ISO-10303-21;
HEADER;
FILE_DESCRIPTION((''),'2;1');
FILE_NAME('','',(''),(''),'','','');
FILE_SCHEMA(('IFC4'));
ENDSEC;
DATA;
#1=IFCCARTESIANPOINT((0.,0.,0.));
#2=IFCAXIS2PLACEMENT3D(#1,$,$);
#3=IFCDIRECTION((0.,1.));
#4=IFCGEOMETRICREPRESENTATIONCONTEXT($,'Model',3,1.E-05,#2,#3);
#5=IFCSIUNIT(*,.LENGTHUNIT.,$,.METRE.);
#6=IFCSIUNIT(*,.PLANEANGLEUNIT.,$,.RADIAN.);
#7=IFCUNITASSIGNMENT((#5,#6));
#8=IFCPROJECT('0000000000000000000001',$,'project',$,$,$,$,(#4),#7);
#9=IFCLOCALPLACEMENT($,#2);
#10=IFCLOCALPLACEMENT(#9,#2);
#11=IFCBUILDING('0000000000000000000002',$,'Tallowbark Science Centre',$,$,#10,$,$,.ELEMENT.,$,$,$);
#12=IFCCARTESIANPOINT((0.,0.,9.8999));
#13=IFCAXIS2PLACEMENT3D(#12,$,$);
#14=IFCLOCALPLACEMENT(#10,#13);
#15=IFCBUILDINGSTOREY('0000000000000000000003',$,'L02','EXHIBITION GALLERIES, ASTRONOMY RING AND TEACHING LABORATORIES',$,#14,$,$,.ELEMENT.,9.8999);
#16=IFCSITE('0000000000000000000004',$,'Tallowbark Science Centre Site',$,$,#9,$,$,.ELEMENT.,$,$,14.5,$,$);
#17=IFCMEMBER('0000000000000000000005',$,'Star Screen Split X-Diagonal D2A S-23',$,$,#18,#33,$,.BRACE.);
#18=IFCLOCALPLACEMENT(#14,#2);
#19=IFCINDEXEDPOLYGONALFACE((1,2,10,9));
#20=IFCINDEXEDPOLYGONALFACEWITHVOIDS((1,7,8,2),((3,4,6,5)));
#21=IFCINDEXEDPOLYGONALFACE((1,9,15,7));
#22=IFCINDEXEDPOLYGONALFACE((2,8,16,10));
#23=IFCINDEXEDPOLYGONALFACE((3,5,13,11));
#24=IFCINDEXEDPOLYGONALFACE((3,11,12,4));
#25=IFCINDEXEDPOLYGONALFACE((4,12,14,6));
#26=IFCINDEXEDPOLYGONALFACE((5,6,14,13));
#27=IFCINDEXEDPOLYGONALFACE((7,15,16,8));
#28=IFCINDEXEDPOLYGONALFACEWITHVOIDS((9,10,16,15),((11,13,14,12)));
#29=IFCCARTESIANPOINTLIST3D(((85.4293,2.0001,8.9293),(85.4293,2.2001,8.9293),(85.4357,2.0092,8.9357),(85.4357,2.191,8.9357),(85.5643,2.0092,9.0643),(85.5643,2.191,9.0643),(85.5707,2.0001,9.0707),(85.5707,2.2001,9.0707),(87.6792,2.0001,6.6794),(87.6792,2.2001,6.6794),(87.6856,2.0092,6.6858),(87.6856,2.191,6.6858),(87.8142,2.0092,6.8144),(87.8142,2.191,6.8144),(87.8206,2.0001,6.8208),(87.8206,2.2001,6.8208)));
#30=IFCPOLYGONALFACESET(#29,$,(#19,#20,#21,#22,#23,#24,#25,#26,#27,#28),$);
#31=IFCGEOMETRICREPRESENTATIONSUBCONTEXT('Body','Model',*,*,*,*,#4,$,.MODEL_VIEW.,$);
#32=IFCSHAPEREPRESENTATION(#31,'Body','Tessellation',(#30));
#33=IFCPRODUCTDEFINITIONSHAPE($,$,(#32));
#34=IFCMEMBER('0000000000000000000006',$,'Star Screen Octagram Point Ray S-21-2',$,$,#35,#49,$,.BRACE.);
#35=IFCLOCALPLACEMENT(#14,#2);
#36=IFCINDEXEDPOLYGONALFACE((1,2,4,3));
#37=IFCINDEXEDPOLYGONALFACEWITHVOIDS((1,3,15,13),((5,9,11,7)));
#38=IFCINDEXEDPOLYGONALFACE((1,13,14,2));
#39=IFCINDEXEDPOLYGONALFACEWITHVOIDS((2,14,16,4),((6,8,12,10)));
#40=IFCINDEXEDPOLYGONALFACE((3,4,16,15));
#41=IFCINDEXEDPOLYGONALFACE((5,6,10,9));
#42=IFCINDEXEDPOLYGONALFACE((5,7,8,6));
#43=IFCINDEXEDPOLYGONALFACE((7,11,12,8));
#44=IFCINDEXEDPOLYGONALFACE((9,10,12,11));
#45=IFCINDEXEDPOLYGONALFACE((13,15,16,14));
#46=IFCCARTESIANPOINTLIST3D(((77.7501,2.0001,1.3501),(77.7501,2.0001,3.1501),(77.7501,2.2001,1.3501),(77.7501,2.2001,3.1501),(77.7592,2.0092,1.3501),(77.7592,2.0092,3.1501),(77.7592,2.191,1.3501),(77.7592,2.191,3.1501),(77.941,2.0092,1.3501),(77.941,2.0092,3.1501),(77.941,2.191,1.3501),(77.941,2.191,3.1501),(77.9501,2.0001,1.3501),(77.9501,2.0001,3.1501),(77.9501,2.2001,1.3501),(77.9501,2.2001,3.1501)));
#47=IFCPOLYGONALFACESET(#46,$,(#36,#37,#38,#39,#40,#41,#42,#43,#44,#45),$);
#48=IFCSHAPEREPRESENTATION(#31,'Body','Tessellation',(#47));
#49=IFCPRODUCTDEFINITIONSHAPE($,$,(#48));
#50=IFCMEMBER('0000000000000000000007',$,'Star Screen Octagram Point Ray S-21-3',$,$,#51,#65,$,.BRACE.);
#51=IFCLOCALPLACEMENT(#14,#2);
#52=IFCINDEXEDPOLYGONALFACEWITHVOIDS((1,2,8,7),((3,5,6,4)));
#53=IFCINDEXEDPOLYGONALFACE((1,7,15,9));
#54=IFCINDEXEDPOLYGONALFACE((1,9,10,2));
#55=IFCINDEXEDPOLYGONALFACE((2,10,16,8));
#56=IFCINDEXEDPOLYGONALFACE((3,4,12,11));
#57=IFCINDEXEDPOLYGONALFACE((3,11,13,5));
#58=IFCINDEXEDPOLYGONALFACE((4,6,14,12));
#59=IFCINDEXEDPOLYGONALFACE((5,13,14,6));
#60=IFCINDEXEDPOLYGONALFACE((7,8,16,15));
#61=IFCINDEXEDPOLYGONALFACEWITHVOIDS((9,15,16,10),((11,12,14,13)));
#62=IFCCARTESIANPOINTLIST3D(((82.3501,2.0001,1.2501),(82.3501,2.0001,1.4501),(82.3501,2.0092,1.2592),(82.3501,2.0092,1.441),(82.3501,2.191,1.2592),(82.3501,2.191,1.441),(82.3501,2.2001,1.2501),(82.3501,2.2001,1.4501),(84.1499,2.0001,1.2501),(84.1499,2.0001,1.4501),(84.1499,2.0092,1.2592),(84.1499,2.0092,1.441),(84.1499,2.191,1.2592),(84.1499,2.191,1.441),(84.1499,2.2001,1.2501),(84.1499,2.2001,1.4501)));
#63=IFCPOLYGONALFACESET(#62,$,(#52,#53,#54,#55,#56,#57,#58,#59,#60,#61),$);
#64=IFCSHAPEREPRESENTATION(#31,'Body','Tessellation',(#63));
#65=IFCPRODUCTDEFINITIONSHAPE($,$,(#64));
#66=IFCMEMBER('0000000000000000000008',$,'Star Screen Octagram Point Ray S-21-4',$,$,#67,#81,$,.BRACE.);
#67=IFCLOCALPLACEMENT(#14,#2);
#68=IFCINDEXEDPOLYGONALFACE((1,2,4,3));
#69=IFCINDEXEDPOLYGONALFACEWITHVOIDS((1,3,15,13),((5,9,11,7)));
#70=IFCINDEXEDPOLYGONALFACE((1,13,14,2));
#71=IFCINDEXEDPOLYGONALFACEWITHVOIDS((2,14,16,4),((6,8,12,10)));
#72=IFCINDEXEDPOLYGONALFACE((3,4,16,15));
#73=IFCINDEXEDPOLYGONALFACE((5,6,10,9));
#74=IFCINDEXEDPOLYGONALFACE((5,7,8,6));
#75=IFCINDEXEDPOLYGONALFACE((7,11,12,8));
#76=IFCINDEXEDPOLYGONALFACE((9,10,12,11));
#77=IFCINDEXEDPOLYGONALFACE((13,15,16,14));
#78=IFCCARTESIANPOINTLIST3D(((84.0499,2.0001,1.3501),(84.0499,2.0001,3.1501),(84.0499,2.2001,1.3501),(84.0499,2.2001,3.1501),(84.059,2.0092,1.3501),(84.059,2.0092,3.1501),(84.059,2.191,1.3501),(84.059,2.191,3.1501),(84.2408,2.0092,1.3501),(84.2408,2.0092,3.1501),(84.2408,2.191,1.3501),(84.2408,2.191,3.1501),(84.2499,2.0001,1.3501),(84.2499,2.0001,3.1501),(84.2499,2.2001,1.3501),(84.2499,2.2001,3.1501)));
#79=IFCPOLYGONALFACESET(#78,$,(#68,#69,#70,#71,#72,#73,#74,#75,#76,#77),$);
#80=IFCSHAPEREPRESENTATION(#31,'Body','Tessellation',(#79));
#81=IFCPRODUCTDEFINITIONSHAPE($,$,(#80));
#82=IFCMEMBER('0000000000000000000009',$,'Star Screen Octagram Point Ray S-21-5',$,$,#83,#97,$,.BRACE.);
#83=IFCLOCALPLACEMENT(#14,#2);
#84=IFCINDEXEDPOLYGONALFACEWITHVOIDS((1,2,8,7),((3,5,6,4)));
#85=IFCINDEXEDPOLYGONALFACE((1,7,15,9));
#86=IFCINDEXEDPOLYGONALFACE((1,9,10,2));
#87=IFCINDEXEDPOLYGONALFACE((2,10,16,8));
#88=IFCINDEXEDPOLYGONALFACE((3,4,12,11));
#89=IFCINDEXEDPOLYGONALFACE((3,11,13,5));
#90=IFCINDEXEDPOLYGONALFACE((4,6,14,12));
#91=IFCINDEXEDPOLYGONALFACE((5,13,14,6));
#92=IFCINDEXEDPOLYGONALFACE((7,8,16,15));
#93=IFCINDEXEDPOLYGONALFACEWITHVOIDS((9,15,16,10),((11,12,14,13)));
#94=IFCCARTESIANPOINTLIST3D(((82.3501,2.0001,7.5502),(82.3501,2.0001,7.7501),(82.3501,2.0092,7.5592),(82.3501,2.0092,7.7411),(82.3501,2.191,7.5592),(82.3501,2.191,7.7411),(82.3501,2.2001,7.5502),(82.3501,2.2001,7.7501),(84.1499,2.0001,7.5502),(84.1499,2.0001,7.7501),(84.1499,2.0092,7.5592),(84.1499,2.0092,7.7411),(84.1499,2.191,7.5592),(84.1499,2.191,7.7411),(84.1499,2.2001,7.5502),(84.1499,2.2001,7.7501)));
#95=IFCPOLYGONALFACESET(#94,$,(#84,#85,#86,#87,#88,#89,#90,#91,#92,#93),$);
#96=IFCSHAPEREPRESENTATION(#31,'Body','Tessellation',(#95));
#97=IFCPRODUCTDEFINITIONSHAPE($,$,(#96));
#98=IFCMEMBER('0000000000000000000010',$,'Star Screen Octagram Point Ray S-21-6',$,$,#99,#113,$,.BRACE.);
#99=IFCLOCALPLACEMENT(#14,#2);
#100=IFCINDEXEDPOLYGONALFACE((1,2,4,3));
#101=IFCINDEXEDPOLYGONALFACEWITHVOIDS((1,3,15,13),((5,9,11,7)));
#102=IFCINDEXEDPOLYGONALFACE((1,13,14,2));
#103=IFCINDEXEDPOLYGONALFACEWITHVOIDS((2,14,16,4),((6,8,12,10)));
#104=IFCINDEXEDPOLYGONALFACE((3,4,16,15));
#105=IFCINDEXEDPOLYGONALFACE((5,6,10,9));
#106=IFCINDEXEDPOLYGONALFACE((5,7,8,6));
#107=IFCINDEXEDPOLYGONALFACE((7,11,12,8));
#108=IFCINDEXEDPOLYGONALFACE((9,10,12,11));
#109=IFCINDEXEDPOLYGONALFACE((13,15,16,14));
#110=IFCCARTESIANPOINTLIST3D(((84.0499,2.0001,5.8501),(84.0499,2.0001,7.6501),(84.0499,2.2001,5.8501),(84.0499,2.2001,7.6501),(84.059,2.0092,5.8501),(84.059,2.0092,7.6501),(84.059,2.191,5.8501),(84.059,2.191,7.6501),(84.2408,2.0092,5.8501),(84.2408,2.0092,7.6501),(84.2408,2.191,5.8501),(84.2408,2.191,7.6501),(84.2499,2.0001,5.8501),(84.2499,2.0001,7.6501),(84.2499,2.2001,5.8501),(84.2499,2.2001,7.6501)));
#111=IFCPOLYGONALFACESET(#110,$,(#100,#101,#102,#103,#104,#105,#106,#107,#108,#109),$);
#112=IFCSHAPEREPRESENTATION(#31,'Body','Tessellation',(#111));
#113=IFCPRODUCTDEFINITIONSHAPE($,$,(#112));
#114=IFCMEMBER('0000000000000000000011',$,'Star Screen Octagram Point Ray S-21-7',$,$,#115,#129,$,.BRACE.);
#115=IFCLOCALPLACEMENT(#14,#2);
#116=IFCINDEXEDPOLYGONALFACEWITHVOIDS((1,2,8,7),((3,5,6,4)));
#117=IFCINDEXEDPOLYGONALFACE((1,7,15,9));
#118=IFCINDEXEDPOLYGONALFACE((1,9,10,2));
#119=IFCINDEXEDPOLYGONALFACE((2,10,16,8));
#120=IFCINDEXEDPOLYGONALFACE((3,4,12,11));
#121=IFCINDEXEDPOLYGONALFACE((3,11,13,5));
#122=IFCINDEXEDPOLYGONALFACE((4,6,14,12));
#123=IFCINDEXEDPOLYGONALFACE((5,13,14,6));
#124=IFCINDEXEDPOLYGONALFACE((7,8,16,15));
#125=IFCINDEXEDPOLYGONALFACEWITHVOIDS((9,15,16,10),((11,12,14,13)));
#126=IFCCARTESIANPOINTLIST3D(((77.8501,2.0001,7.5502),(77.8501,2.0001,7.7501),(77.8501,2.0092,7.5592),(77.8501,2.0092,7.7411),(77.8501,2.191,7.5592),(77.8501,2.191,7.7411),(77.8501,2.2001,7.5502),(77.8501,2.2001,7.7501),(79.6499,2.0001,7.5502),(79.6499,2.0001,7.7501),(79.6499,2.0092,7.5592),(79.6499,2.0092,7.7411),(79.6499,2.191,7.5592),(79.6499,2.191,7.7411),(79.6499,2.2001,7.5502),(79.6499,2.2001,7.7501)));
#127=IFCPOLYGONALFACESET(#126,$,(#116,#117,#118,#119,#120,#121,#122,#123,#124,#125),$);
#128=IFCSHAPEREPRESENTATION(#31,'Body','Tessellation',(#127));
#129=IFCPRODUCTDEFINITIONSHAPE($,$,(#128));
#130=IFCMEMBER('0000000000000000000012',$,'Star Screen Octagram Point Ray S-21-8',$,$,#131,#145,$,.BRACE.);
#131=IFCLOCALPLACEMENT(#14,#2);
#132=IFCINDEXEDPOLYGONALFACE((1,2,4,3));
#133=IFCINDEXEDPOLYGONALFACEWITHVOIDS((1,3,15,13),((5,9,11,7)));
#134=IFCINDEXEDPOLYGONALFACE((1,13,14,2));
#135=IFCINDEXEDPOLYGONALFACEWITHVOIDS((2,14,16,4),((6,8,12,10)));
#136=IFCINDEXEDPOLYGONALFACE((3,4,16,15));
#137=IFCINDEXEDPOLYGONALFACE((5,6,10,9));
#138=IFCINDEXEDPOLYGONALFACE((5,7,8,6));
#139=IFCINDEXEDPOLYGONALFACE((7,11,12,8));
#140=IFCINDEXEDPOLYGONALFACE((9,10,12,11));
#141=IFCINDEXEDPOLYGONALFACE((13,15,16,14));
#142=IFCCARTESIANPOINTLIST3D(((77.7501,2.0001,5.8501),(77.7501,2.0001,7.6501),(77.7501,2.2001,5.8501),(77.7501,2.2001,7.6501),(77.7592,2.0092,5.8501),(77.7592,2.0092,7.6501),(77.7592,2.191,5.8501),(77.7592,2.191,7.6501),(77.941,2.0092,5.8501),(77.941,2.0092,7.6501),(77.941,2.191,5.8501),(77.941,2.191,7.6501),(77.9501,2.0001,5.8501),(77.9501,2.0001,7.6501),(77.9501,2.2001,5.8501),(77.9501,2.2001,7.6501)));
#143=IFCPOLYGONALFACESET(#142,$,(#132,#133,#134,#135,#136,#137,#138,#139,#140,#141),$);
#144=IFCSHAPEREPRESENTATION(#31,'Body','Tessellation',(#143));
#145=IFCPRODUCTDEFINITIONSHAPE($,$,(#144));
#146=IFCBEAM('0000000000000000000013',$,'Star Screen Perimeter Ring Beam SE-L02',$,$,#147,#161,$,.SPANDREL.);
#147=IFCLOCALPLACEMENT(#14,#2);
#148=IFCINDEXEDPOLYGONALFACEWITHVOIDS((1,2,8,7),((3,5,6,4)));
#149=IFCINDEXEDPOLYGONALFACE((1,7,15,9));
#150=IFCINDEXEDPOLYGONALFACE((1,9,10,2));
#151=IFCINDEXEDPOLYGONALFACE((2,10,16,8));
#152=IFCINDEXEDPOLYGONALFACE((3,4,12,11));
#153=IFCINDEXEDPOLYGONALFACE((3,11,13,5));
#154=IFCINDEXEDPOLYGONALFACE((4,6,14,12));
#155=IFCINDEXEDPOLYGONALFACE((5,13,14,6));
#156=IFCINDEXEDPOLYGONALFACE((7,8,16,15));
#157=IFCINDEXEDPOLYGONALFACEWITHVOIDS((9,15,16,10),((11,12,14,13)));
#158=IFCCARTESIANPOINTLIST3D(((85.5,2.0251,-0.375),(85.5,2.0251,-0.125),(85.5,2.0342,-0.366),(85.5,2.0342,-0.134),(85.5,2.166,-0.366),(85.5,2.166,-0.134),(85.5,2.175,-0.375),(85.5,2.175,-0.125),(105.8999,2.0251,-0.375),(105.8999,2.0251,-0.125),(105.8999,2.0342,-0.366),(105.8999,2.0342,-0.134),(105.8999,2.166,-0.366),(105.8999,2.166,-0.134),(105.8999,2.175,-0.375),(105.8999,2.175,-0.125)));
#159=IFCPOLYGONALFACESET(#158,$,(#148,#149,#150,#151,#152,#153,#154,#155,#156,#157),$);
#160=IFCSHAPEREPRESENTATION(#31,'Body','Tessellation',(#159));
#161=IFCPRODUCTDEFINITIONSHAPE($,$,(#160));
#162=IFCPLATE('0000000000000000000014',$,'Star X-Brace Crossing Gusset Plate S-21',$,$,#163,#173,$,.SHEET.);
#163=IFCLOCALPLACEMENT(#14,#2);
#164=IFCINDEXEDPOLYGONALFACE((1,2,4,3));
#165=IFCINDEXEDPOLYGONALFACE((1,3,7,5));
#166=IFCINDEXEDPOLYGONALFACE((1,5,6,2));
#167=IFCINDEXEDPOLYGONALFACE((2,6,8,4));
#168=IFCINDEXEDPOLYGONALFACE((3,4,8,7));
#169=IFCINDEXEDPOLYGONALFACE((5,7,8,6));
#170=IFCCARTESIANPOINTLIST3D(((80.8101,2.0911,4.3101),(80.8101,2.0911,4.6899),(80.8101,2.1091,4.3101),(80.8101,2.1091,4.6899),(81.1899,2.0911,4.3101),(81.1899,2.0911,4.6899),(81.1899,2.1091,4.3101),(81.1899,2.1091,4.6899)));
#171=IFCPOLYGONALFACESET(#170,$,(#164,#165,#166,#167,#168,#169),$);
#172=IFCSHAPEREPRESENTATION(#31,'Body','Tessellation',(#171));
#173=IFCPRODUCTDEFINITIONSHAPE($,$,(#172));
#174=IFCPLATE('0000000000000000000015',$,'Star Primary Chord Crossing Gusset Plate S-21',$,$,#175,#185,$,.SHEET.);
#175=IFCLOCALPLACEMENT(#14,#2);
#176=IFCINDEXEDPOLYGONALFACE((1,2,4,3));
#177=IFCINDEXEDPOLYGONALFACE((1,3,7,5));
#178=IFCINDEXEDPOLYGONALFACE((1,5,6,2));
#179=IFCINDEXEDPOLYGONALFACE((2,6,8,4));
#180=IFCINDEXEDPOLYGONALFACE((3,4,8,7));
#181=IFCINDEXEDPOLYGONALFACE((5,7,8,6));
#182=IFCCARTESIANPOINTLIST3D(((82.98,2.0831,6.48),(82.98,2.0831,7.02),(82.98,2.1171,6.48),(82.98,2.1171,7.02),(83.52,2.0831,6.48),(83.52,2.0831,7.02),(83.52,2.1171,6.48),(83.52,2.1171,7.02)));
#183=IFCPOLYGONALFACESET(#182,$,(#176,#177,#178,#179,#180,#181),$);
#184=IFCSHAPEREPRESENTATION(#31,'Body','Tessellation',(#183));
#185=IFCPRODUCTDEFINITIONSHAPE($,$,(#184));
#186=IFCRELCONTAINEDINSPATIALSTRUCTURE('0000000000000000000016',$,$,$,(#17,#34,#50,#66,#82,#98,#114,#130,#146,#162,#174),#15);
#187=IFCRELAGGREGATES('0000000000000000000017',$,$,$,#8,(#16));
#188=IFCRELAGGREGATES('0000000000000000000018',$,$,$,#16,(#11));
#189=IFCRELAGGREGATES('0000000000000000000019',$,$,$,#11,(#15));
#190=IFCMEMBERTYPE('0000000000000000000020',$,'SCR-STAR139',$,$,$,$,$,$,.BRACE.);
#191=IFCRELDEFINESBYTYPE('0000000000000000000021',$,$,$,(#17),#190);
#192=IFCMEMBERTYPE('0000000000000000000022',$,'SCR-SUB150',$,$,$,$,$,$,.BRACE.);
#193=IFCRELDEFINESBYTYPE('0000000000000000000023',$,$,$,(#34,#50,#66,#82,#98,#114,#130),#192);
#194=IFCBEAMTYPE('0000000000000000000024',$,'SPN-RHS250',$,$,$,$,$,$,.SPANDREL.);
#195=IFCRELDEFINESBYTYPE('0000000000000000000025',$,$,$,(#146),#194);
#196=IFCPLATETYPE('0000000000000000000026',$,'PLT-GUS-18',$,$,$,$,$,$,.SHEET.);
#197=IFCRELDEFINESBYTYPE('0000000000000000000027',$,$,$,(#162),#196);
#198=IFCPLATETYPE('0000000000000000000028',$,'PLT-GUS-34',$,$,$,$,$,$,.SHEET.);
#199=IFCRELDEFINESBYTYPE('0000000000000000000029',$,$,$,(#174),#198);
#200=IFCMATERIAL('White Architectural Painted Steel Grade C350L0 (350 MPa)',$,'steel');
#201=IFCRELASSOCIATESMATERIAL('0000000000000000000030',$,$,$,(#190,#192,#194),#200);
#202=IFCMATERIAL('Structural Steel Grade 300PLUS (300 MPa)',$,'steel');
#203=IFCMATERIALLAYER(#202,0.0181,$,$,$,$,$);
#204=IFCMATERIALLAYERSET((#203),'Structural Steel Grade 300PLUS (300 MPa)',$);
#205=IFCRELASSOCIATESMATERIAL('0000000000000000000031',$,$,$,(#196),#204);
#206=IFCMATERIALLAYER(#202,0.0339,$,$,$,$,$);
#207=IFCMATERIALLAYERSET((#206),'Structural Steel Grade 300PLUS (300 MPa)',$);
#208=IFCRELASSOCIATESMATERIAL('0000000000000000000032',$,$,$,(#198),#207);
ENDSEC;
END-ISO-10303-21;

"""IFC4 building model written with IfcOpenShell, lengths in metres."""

from ifc_helpers import new_model, si_unit, direction, frame, origin, origin_2d, place, context, subcontext, project, spatial, rectangle, hollow_rectangle, extrude, material, layer, layer_set, material_profile, profile_set, type_object, element, save


model = new_model("IFC4")

# Units and contexts
model_context = context("Model", 3, precision=1e-05, world=origin(), true_north=direction((0.0, 1.0)))
body_context = subcontext(model_context, "Body", "Model", "MODEL_VIEW")
ifc_project = project(units=[si_unit("LENGTHUNIT", "METRE"), si_unit("PLANEANGLEUNIT", "RADIAN")], contexts=[model_context])

# Site, building, storey
site_placement = place(None, origin())
site = spatial("IfcSite", under=ifc_project, at=site_placement, Name="Tallowbark Science Centre Site", CompositionType="ELEMENT", RefElevation=14.5)
building_placement = place(site_placement, origin())
building = spatial("IfcBuilding", under=site, at=building_placement, Name="Tallowbark Science Centre", CompositionType="ELEMENT")
storey_placement = place(building_placement, frame((0.0, 0.0, 9.8999)))
storey = spatial("IfcBuildingStorey", under=building, at=storey_placement, Name="L02", Description="EXHIBITION GALLERIES, ASTRONOMY RING AND TEACHING LABORATORIES", CompositionType="ELEMENT", Elevation=9.8999)

# Shared definitions
ifc_material_1 = material(Name="White Architectural Painted Steel Grade C350L0 (350 MPa)", Category="steel")

# Members
ifc_material_profile_1 = material_profile(ifc_material_1, hollow_rectangle(XDim=0.2, YDim=0.2, WallThickness=0.009, at=origin_2d()), Name="200x200x9.0SHS")
ifc_profile_set_1 = profile_set([ifc_material_profile_1], Name="White Architectural Painted Steel Grade C350L0 (350 MPa)")
member_type_1 = type_object("IfcMemberType", Name="SCR-STAR139", PredefinedType="BRACE", material=ifc_profile_set_1)
for number, where, z_axis, x_axis, name in (
    (1, (85.5, 2.1001, 9.0), (0.707107, 0.0, -0.707107), (0.0, 1.0, 0.0), "Star Screen Split X-Diagonal D2A S-23"),
):
    element("IfcMember", number, at=place(storey_placement, frame(where, z_axis=z_axis, x_axis=x_axis)), inside=storey, type_object=member_type_1, Name=name, PredefinedType="BRACE", context=body_context, shape_type="SweptSolid", body=[
        extrude(hollow_rectangle(XDim=0.2, YDim=0.2, WallThickness=0.009, at=origin_2d()), origin(), (0.0, 0.0, 1.0), 3.1819),
    ])
ifc_material_profile_2 = material_profile(ifc_material_1, hollow_rectangle(XDim=0.2, YDim=0.2, WallThickness=0.009, at=origin_2d()), Name="200x200x9.0SHS")
ifc_profile_set_2 = profile_set([ifc_material_profile_2], Name="White Architectural Painted Steel Grade C350L0 (350 MPa)")
member_type_2 = type_object("IfcMemberType", Name="SCR-SUB150", PredefinedType="BRACE", material=ifc_profile_set_2)
member_1_placement = place(storey_placement, frame((77.8501, 2.1001, 1.3501), z_axis=(0.0, 0.0, 1.0), x_axis=(1.0, 0.0, 0.0)))
element("IfcMember", 2, at=member_1_placement, inside=storey, type_object=member_type_2, Name="Star Screen Octagram Point Ray S-21-2", PredefinedType="BRACE", context=body_context, shape_type="SweptSolid", body=[
    extrude(hollow_rectangle(XDim=0.2, YDim=0.2, WallThickness=0.009, at=origin_2d()), origin(), (0.0, 0.0, 1.0), 1.8),
])
member_2_placement = place(storey_placement, frame((84.1499, 2.1001, 1.3501), z_axis=(-1.0, 0.0, 0.0), x_axis=(0.0, -1.0, 0.0)))
element("IfcMember", 3, at=member_2_placement, inside=storey, type_object=member_type_2, Name="Star Screen Octagram Point Ray S-21-3", PredefinedType="BRACE", context=body_context, shape_type="SweptSolid", body=[
    extrude(hollow_rectangle(XDim=0.2, YDim=0.2, WallThickness=0.009, at=origin_2d()), origin(), (0.0, 0.0, 1.0), 1.7998),
])
member_3_placement = place(storey_placement, frame((84.1499, 2.1001, 1.3501), z_axis=(0.0, 0.0, 1.0), x_axis=(1.0, 0.0, 0.0)))
element("IfcMember", 4, at=member_3_placement, inside=storey, type_object=member_type_2, Name="Star Screen Octagram Point Ray S-21-4", PredefinedType="BRACE", context=body_context, shape_type="SweptSolid", body=[
    extrude(hollow_rectangle(XDim=0.2, YDim=0.2, WallThickness=0.009, at=origin_2d()), origin(), (0.0, 0.0, 1.0), 1.8),
])
member_4_placement = place(storey_placement, frame((84.1499, 2.1001, 7.6501), z_axis=(-1.0, 0.0, 0.0), x_axis=(0.0, -1.0, 0.0)))
element("IfcMember", 5, at=member_4_placement, inside=storey, type_object=member_type_2, Name="Star Screen Octagram Point Ray S-21-5", PredefinedType="BRACE", context=body_context, shape_type="SweptSolid", body=[
    extrude(hollow_rectangle(XDim=0.2, YDim=0.2, WallThickness=0.009, at=origin_2d()), origin(), (0.0, 0.0, 1.0), 1.7998),
])
member_5_placement = place(storey_placement, frame((84.1499, 2.1001, 7.6501), z_axis=(0.0, 0.0, -1.0), x_axis=(1.0, 0.0, 0.0)))
element("IfcMember", 6, at=member_5_placement, inside=storey, type_object=member_type_2, Name="Star Screen Octagram Point Ray S-21-6", PredefinedType="BRACE", context=body_context, shape_type="SweptSolid", body=[
    extrude(hollow_rectangle(XDim=0.2, YDim=0.2, WallThickness=0.009, at=origin_2d()), origin(), (0.0, 0.0, 1.0), 1.8),
])
member_6_placement = place(storey_placement, frame((77.8501, 2.1001, 7.6501), z_axis=(1.0, 0.0, 0.0), x_axis=(0.0, 1.0, 0.0)))
element("IfcMember", 7, at=member_6_placement, inside=storey, type_object=member_type_2, Name="Star Screen Octagram Point Ray S-21-7", PredefinedType="BRACE", context=body_context, shape_type="SweptSolid", body=[
    extrude(hollow_rectangle(XDim=0.2, YDim=0.2, WallThickness=0.009, at=origin_2d()), origin(), (0.0, 0.0, 1.0), 1.7998),
])
member_7_placement = place(storey_placement, frame((77.8501, 2.1001, 7.6501), z_axis=(0.0, 0.0, -1.0), x_axis=(1.0, 0.0, 0.0)))
element("IfcMember", 8, at=member_7_placement, inside=storey, type_object=member_type_2, Name="Star Screen Octagram Point Ray S-21-8", PredefinedType="BRACE", context=body_context, shape_type="SweptSolid", body=[
    extrude(hollow_rectangle(XDim=0.2, YDim=0.2, WallThickness=0.009, at=origin_2d()), origin(), (0.0, 0.0, 1.0), 1.8),
])

# Beam
ifc_material_profile_3 = material_profile(ifc_material_1, hollow_rectangle(XDim=0.1499, YDim=0.25, WallThickness=0.009, at=origin_2d()), Name="250x150x9.0RHS")
ifc_profile_set_3 = profile_set([ifc_material_profile_3], Name="White Architectural Painted Steel Grade C350L0 (350 MPa)")
beam_type = type_object("IfcBeamType", Name="SPN-RHS250", PredefinedType="SPANDREL", material=ifc_profile_set_3)
beam_placement = place(storey_placement, frame((85.5, 2.1001, -0.25), z_axis=(1.0, 0.0, 0.0), x_axis=(0.0, 1.0, 0.0)))
element("IfcBeam", 9, at=beam_placement, inside=storey, type_object=beam_type, Name="Star Screen Perimeter Ring Beam SE-L02", PredefinedType="SPANDREL", context=body_context, shape_type="SweptSolid", body=[
    extrude(hollow_rectangle(XDim=0.1499, YDim=0.25, WallThickness=0.009, at=origin_2d()), origin(), (0.0, 0.0, 1.0), 20.3999),
])

# Plates
ifc_material_2 = material(Name="Structural Steel Grade 300PLUS (300 MPa)", Category="steel")
ifc_layer_1 = layer(ifc_material_2, 0.0181)
ifc_layer_set_1 = layer_set([ifc_layer_1], Name="Structural Steel Grade 300PLUS (300 MPa)")
plate_type_1 = type_object("IfcPlateType", Name="PLT-GUS-18", PredefinedType="SHEET", material=ifc_layer_set_1)
plate_1_placement = place(storey_placement, frame((81.0, 2.1001, 4.3101), z_axis=(0.0, 0.0, 1.0), x_axis=(1.0, 0.0, 0.0)))
element("IfcPlate", 10, at=plate_1_placement, inside=storey, type_object=plate_type_1, Name="Star X-Brace Crossing Gusset Plate S-21", PredefinedType="SHEET", context=body_context, shape_type="SweptSolid", body=[
    extrude(rectangle(XDim=0.3799, YDim=0.0181, at=origin_2d()), origin(), (0.0, 0.0, 1.0), 0.3799),
])
ifc_layer_2 = layer(ifc_material_2, 0.0339)
ifc_layer_set_2 = layer_set([ifc_layer_2], Name="Structural Steel Grade 300PLUS (300 MPa)")
plate_type_2 = type_object("IfcPlateType", Name="PLT-GUS-34", PredefinedType="SHEET", material=ifc_layer_set_2)
plate_2_placement = place(storey_placement, frame((83.25, 2.1001, 6.48), z_axis=(0.0, 0.0, 1.0), x_axis=(1.0, 0.0, 0.0)))
element("IfcPlate", 11, at=plate_2_placement, inside=storey, type_object=plate_type_2, Name="Star Primary Chord Crossing Gusset Plate S-21", PredefinedType="SHEET", context=body_context, shape_type="SweptSolid", body=[
    extrude(rectangle(XDim=0.54, YDim=0.0339, at=origin_2d()), origin(), (0.0, 0.0, 1.0), 0.54),
])

save(model, "model.ifc")
